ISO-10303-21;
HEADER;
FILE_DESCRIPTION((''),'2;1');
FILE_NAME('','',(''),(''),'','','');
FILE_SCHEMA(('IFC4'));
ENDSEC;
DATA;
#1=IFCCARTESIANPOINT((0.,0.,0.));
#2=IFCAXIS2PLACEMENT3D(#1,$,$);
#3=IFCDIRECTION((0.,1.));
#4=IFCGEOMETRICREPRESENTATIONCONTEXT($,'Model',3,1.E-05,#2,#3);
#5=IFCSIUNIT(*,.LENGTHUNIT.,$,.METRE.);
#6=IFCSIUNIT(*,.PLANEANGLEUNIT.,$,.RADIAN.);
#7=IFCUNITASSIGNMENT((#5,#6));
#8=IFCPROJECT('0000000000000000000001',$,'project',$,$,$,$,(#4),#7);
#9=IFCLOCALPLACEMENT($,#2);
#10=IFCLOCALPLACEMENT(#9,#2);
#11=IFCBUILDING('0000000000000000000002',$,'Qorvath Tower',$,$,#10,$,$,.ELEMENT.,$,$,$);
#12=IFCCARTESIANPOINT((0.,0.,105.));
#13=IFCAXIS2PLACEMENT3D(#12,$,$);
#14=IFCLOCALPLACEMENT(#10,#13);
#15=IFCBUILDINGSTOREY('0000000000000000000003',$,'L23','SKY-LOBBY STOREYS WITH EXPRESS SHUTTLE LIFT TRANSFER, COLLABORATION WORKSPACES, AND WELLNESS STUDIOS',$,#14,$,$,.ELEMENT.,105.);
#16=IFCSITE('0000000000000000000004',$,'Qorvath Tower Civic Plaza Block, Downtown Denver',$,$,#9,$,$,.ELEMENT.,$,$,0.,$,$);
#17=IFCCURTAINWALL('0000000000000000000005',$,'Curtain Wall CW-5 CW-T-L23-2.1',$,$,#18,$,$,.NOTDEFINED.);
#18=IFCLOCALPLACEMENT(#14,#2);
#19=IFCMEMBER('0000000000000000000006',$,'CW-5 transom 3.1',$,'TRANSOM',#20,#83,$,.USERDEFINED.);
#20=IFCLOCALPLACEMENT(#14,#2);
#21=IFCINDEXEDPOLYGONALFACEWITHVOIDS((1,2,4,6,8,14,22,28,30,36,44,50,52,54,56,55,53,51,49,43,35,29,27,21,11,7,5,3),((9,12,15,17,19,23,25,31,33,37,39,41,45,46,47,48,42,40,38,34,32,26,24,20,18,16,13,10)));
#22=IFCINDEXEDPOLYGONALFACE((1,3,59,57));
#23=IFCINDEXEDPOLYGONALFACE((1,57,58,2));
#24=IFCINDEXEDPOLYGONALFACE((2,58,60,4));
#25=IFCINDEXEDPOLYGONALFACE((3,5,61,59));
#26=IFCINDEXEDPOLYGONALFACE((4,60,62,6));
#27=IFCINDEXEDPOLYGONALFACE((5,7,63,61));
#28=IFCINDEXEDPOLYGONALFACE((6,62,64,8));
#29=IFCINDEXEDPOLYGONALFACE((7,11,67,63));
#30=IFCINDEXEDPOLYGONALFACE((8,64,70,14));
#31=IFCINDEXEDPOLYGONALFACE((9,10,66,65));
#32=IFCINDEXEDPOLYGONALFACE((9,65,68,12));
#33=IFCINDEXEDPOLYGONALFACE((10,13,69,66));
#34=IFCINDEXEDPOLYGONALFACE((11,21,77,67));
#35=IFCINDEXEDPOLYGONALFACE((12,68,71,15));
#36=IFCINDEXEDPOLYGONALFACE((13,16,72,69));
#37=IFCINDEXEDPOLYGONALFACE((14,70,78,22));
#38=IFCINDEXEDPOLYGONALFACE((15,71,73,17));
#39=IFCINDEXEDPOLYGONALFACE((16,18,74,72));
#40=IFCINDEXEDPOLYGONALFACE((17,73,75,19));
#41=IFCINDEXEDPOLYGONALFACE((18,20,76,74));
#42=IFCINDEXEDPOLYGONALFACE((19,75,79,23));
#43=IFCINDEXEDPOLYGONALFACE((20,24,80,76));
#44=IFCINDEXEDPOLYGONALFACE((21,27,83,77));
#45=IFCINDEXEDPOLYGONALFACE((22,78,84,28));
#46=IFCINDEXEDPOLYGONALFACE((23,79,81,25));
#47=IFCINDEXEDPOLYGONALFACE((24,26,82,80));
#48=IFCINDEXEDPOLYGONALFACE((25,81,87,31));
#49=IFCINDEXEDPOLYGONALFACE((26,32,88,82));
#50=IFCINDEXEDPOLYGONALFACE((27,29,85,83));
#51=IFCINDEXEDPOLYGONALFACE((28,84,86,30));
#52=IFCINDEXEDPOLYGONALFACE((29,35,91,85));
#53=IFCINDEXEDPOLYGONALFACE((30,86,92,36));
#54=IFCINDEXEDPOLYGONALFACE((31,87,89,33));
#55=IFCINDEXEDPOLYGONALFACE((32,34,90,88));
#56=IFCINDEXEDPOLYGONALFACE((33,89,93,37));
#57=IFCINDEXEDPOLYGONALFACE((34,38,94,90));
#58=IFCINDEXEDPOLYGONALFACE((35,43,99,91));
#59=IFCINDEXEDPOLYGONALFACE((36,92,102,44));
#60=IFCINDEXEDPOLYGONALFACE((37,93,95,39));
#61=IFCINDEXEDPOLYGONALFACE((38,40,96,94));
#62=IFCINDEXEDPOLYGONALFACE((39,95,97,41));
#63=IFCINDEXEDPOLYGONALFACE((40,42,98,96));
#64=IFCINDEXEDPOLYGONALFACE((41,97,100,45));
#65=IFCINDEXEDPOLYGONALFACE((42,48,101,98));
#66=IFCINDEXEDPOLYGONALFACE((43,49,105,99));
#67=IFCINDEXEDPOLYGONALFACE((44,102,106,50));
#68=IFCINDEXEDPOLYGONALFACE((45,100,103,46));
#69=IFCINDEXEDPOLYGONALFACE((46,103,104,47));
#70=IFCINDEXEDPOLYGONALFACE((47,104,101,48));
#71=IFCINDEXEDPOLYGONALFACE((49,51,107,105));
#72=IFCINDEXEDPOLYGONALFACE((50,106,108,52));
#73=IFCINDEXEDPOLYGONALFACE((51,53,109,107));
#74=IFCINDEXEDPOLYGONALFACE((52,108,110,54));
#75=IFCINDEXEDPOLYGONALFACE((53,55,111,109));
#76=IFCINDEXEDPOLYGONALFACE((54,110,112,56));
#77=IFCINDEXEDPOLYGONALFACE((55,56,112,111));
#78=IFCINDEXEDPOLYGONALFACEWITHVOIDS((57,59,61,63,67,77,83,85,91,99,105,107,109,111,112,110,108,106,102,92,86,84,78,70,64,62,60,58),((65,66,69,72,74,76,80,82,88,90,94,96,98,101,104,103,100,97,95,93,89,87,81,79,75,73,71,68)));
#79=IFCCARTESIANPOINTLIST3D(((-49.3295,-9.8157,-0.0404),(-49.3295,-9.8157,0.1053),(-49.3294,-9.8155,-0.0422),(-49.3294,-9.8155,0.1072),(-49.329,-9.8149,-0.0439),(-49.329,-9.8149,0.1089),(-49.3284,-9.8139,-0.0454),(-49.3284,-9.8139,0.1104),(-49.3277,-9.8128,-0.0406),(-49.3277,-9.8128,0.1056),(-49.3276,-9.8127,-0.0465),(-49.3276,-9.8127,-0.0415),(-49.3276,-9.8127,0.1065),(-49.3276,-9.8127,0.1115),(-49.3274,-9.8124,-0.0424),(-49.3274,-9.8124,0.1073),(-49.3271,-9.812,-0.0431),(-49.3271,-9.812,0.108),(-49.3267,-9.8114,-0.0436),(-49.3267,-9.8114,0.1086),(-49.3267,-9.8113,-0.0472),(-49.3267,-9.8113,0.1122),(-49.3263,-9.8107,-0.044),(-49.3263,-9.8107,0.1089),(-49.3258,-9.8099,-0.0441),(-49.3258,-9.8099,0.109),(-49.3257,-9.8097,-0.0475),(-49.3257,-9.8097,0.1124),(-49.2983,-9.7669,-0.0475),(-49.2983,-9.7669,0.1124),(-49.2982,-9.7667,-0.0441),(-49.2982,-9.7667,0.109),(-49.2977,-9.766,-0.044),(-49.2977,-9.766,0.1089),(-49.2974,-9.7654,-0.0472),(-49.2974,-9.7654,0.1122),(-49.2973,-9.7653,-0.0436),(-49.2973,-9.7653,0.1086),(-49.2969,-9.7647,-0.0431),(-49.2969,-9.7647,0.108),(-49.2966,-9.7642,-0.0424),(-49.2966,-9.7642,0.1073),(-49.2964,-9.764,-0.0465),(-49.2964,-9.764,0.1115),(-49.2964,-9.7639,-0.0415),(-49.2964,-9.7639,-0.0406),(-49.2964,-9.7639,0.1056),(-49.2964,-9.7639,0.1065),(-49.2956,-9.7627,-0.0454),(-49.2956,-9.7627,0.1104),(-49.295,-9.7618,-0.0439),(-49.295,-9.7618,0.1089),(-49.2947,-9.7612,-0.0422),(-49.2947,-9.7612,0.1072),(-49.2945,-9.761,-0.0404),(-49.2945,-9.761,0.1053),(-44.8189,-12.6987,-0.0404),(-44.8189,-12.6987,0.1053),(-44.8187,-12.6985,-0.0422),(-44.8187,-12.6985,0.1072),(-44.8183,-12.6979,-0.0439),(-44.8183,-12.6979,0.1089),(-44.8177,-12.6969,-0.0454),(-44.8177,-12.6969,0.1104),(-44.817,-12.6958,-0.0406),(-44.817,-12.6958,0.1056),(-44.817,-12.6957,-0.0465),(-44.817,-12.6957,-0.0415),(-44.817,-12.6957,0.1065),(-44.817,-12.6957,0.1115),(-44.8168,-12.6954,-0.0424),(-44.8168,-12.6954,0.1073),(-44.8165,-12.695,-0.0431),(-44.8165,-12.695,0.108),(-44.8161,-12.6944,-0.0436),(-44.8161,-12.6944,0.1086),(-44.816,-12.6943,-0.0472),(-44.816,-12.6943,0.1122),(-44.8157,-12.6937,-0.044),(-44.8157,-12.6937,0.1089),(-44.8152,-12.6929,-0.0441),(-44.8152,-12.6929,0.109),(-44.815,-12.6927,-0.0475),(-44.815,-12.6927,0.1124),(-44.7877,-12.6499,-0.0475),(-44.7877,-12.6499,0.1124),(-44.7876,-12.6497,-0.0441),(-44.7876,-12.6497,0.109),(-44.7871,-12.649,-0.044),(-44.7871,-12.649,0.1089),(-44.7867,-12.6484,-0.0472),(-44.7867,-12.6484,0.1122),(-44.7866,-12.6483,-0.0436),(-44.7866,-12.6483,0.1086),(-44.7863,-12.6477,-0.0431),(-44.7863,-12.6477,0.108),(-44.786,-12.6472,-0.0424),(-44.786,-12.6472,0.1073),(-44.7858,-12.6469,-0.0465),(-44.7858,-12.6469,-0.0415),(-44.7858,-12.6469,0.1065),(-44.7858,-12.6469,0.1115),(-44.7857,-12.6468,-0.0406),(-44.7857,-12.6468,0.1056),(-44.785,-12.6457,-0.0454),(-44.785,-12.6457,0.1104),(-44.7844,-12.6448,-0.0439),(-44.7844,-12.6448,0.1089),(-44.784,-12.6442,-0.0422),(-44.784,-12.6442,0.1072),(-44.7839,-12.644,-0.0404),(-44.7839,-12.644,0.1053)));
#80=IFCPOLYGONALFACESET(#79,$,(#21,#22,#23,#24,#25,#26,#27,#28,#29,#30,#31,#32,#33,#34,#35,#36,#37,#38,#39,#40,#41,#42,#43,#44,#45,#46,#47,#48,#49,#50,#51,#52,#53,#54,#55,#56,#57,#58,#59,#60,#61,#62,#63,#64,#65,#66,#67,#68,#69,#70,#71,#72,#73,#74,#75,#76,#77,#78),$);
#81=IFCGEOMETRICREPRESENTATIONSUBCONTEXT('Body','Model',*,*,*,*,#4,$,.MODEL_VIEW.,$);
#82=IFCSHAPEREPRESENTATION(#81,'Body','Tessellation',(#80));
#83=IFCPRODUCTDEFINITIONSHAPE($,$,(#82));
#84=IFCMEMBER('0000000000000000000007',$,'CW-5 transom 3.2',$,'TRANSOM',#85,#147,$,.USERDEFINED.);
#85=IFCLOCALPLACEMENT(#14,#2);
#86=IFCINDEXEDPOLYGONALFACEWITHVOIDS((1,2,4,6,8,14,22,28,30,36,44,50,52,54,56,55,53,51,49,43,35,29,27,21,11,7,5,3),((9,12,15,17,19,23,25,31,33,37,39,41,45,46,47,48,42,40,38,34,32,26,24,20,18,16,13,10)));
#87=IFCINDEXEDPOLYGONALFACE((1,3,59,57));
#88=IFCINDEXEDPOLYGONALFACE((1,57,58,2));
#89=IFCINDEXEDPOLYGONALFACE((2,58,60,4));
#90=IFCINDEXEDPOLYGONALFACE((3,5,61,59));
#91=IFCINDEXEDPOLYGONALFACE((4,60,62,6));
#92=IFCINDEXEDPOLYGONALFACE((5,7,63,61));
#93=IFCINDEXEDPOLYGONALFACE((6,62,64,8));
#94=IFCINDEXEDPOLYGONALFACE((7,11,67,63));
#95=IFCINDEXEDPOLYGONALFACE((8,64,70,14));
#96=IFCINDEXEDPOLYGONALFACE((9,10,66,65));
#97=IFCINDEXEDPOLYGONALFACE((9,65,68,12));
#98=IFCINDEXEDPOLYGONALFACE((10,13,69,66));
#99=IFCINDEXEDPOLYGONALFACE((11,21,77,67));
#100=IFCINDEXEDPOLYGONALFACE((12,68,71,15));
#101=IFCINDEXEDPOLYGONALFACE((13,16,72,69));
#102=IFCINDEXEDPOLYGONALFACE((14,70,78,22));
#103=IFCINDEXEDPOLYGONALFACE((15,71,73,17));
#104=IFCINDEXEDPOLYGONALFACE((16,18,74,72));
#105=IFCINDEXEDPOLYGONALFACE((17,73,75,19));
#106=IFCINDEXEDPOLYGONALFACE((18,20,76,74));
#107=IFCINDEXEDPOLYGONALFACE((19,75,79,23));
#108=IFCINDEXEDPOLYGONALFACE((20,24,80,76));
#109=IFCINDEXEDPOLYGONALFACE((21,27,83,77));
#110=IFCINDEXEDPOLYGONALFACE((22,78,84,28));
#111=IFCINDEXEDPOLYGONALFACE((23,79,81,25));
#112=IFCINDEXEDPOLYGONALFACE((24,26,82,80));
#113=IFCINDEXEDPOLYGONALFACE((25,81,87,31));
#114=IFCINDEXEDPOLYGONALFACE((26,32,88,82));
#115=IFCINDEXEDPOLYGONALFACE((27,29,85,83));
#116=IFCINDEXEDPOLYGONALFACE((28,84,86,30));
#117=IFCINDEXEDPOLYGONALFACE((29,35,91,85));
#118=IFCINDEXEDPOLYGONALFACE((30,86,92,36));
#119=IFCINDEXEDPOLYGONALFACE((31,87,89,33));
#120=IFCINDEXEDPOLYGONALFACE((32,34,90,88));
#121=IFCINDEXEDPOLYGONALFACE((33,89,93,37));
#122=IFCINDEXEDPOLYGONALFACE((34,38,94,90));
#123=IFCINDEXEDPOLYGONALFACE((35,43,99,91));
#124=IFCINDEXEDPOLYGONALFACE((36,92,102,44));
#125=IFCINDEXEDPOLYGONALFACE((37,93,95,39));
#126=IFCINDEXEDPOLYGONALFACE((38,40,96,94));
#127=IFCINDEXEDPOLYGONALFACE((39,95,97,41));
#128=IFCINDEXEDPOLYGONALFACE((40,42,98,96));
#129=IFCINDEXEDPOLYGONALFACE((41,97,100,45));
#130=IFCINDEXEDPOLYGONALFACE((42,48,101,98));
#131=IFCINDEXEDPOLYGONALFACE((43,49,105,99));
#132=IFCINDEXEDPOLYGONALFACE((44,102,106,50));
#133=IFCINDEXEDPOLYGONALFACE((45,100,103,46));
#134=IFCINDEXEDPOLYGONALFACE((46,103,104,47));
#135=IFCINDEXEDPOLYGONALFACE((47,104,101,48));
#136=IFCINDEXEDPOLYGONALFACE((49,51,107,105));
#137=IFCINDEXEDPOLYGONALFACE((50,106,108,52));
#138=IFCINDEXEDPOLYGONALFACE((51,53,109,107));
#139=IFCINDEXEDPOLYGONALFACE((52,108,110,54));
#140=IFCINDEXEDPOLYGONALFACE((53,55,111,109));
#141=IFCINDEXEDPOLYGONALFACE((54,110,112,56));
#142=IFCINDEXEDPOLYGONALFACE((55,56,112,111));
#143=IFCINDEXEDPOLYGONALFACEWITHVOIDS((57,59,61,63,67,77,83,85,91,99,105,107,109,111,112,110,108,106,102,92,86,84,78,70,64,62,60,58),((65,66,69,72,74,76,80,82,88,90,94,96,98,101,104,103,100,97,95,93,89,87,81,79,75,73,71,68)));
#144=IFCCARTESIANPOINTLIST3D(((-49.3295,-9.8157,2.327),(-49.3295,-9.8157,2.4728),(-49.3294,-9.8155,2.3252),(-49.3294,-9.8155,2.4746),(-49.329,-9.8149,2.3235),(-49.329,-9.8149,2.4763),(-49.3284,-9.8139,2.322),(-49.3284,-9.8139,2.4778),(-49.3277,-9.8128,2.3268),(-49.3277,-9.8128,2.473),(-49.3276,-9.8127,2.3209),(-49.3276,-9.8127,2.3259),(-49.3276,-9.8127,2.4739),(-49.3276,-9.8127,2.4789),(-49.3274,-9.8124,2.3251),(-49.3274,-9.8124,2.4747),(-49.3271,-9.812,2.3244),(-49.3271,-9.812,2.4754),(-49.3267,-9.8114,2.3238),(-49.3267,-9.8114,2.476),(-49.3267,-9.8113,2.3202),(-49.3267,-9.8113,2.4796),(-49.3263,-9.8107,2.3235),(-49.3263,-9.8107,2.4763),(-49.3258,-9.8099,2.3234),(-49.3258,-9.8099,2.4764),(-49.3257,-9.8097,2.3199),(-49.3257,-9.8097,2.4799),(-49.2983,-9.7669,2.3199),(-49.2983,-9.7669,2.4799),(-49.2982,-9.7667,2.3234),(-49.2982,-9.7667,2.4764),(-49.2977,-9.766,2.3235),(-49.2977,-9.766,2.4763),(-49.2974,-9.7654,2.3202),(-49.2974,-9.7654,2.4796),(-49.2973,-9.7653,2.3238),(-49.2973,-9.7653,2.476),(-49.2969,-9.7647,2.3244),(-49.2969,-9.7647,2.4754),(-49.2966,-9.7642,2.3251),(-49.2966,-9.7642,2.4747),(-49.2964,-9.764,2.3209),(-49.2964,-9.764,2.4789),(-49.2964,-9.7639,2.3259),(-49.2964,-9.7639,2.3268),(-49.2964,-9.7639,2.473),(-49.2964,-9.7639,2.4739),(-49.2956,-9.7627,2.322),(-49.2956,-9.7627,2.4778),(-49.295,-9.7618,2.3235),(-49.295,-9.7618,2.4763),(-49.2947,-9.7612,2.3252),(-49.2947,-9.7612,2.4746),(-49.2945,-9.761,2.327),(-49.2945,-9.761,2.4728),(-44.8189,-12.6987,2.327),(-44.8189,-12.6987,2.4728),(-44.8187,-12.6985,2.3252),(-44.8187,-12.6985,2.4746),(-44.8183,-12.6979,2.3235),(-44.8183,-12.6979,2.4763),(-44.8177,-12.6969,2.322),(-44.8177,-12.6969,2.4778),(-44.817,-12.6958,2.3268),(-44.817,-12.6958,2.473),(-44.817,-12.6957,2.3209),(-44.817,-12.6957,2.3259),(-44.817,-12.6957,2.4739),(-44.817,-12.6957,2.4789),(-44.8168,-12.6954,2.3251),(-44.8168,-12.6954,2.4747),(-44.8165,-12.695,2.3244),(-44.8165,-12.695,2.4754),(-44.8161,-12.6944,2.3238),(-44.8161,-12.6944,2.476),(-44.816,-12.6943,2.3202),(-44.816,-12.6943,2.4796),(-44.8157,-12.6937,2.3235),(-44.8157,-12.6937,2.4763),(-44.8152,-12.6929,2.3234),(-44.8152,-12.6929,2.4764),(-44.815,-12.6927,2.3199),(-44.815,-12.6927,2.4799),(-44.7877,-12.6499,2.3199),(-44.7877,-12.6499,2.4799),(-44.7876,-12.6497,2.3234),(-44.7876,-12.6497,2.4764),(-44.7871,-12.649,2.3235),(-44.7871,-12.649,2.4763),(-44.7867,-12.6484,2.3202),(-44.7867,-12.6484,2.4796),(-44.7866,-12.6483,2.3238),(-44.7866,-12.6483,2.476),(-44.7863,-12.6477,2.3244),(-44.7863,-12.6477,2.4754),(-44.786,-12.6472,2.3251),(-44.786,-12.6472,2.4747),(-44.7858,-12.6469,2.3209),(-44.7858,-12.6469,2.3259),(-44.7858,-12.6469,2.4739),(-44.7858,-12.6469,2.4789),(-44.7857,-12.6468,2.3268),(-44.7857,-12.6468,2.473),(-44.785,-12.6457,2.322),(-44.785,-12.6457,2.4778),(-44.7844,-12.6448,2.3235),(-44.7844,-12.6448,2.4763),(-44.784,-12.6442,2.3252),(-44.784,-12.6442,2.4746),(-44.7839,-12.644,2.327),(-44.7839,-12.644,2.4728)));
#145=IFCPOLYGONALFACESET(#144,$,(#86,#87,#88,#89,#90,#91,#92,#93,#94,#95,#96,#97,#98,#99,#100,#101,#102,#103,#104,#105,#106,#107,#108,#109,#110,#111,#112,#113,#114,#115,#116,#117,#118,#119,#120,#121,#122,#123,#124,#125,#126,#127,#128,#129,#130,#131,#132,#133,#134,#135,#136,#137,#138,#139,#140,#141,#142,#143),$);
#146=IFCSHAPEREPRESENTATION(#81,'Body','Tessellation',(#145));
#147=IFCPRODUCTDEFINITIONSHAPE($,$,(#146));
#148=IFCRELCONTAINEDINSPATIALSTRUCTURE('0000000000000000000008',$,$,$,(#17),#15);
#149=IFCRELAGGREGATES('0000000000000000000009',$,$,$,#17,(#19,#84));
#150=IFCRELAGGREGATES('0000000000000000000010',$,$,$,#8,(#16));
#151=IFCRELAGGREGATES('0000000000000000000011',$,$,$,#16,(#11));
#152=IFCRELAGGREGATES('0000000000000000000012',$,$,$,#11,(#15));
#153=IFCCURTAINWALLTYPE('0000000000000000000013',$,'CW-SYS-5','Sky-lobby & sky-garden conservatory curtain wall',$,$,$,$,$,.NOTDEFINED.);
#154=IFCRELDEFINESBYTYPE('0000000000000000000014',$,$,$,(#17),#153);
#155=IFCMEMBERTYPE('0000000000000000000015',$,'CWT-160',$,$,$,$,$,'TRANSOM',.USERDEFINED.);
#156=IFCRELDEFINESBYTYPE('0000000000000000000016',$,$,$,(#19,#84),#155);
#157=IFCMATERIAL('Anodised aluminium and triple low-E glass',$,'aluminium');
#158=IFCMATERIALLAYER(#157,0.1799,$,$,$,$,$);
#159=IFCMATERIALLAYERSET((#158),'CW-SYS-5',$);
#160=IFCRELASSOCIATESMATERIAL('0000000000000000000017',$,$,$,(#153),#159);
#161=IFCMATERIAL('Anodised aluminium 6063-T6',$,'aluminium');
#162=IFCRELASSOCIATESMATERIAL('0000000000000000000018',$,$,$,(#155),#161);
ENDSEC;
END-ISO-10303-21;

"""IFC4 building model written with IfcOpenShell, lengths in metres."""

from ifc_helpers import new_model, si_unit, direction, frame, origin, origin_2d, place, context, subcontext, project, spatial, hollow_rectangle, extrude, material, layer, layer_set, material_profile, profile_set, type_object, element, aggregate, save


model = new_model("IFC4")

# Units and contexts
model_context = context("Model", 3, precision=1e-05, world=origin(), true_north=direction((0.0, 1.0)))
body_context = subcontext(model_context, "Body", "Model", "MODEL_VIEW")
ifc_project = project(units=[si_unit("LENGTHUNIT", "METRE"), si_unit("PLANEANGLEUNIT", "RADIAN")], contexts=[model_context])

# Site, building, storey
site_placement = place(None, origin())
site = spatial("IfcSite", under=ifc_project, at=site_placement, Name="Qorvath Tower Civic Plaza Block, Downtown Denver", CompositionType="ELEMENT", RefElevation=0.0)
building_placement = place(site_placement, origin())
building = spatial("IfcBuilding", under=site, at=building_placement, Name="Qorvath Tower", CompositionType="ELEMENT")
storey_placement = place(building_placement, frame((0.0, 0.0, 105.0)))
storey = spatial("IfcBuildingStorey", under=building, at=storey_placement, Name="L23", Description="SKY-LOBBY STOREYS WITH EXPRESS SHUTTLE LIFT TRANSFER, COLLABORATION WORKSPACES, AND WELLNESS STUDIOS", CompositionType="ELEMENT", Elevation=105.0)

# Curtain wall, members
ifc_material_1 = material(Name="Anodised aluminium and triple low-E glass", Category="aluminium")
ifc_layer_1 = layer(ifc_material_1, 0.1799)
ifc_layer_set_1 = layer_set([ifc_layer_1], Name="CW-SYS-5")
curtain_wall_type = type_object("IfcCurtainWallType", Name="CW-SYS-5", Description="Sky-lobby & sky-garden conservatory curtain wall", PredefinedType="NOTDEFINED", material=ifc_layer_set_1)
curtain_wall_placement = place(storey_placement, origin())
curtain_wall = element("IfcCurtainWall", 1, at=curtain_wall_placement, inside=storey, type_object=curtain_wall_type, Name="Curtain Wall CW-5 CW-T-L23-2.1", PredefinedType="NOTDEFINED")
ifc_material_2 = material(Name="Anodised aluminium 6063-T6", Category="aluminium")
ifc_material_profile_1 = material_profile(ifc_material_2, hollow_rectangle(XDim=0.0649, YDim=0.1599, WallThickness=0.0034, InnerFilletRadius=0.0034, OuterFilletRadius=0.0071, at=origin_2d()), Name="CWT 160x65")
ifc_profile_set_1 = profile_set([ifc_material_profile_1], Name="Anodised aluminium 6063-T6")
member_type_1 = type_object("IfcMemberType", Name="CWT-160", ElementType="TRANSOM", PredefinedType="USERDEFINED", material=ifc_profile_set_1)
member_1_placement = place(storey_placement, frame((-49.312, -9.7883, 0.0325), z_axis=(0.842595, -0.538548, 0.0), x_axis=(0.538548, 0.842595, 0.0)))
member_1 = element("IfcMember", 2, at=member_1_placement, type_object=member_type_1, Name="CW-5 transom 3.1", ObjectType="TRANSOM", PredefinedType="USERDEFINED", context=body_context, shape_type="SweptSolid", body=[
    extrude(hollow_rectangle(XDim=0.0649, YDim=0.1599, WallThickness=0.0034, InnerFilletRadius=0.0034, OuterFilletRadius=0.0071, at=origin_2d()), origin(), (0.0, 0.0, 1.0), 5.3533),
])
member_2_placement = place(storey_placement, frame((-49.312, -9.7883, 2.3999), z_axis=(0.842595, -0.538548, 0.0), x_axis=(0.538548, 0.842595, 0.0)))
member_2 = element("IfcMember", 3, at=member_2_placement, type_object=member_type_1, Name="CW-5 transom 3.2", ObjectType="TRANSOM", PredefinedType="USERDEFINED", context=body_context, shape_type="SweptSolid", body=[
    extrude(hollow_rectangle(XDim=0.0649, YDim=0.1599, WallThickness=0.0034, InnerFilletRadius=0.0034, OuterFilletRadius=0.0071, at=origin_2d()), origin(), (0.0, 0.0, 1.0), 5.3533),
])
aggregate(curtain_wall, [member_1, member_2])

save(model, "model.ifc")
